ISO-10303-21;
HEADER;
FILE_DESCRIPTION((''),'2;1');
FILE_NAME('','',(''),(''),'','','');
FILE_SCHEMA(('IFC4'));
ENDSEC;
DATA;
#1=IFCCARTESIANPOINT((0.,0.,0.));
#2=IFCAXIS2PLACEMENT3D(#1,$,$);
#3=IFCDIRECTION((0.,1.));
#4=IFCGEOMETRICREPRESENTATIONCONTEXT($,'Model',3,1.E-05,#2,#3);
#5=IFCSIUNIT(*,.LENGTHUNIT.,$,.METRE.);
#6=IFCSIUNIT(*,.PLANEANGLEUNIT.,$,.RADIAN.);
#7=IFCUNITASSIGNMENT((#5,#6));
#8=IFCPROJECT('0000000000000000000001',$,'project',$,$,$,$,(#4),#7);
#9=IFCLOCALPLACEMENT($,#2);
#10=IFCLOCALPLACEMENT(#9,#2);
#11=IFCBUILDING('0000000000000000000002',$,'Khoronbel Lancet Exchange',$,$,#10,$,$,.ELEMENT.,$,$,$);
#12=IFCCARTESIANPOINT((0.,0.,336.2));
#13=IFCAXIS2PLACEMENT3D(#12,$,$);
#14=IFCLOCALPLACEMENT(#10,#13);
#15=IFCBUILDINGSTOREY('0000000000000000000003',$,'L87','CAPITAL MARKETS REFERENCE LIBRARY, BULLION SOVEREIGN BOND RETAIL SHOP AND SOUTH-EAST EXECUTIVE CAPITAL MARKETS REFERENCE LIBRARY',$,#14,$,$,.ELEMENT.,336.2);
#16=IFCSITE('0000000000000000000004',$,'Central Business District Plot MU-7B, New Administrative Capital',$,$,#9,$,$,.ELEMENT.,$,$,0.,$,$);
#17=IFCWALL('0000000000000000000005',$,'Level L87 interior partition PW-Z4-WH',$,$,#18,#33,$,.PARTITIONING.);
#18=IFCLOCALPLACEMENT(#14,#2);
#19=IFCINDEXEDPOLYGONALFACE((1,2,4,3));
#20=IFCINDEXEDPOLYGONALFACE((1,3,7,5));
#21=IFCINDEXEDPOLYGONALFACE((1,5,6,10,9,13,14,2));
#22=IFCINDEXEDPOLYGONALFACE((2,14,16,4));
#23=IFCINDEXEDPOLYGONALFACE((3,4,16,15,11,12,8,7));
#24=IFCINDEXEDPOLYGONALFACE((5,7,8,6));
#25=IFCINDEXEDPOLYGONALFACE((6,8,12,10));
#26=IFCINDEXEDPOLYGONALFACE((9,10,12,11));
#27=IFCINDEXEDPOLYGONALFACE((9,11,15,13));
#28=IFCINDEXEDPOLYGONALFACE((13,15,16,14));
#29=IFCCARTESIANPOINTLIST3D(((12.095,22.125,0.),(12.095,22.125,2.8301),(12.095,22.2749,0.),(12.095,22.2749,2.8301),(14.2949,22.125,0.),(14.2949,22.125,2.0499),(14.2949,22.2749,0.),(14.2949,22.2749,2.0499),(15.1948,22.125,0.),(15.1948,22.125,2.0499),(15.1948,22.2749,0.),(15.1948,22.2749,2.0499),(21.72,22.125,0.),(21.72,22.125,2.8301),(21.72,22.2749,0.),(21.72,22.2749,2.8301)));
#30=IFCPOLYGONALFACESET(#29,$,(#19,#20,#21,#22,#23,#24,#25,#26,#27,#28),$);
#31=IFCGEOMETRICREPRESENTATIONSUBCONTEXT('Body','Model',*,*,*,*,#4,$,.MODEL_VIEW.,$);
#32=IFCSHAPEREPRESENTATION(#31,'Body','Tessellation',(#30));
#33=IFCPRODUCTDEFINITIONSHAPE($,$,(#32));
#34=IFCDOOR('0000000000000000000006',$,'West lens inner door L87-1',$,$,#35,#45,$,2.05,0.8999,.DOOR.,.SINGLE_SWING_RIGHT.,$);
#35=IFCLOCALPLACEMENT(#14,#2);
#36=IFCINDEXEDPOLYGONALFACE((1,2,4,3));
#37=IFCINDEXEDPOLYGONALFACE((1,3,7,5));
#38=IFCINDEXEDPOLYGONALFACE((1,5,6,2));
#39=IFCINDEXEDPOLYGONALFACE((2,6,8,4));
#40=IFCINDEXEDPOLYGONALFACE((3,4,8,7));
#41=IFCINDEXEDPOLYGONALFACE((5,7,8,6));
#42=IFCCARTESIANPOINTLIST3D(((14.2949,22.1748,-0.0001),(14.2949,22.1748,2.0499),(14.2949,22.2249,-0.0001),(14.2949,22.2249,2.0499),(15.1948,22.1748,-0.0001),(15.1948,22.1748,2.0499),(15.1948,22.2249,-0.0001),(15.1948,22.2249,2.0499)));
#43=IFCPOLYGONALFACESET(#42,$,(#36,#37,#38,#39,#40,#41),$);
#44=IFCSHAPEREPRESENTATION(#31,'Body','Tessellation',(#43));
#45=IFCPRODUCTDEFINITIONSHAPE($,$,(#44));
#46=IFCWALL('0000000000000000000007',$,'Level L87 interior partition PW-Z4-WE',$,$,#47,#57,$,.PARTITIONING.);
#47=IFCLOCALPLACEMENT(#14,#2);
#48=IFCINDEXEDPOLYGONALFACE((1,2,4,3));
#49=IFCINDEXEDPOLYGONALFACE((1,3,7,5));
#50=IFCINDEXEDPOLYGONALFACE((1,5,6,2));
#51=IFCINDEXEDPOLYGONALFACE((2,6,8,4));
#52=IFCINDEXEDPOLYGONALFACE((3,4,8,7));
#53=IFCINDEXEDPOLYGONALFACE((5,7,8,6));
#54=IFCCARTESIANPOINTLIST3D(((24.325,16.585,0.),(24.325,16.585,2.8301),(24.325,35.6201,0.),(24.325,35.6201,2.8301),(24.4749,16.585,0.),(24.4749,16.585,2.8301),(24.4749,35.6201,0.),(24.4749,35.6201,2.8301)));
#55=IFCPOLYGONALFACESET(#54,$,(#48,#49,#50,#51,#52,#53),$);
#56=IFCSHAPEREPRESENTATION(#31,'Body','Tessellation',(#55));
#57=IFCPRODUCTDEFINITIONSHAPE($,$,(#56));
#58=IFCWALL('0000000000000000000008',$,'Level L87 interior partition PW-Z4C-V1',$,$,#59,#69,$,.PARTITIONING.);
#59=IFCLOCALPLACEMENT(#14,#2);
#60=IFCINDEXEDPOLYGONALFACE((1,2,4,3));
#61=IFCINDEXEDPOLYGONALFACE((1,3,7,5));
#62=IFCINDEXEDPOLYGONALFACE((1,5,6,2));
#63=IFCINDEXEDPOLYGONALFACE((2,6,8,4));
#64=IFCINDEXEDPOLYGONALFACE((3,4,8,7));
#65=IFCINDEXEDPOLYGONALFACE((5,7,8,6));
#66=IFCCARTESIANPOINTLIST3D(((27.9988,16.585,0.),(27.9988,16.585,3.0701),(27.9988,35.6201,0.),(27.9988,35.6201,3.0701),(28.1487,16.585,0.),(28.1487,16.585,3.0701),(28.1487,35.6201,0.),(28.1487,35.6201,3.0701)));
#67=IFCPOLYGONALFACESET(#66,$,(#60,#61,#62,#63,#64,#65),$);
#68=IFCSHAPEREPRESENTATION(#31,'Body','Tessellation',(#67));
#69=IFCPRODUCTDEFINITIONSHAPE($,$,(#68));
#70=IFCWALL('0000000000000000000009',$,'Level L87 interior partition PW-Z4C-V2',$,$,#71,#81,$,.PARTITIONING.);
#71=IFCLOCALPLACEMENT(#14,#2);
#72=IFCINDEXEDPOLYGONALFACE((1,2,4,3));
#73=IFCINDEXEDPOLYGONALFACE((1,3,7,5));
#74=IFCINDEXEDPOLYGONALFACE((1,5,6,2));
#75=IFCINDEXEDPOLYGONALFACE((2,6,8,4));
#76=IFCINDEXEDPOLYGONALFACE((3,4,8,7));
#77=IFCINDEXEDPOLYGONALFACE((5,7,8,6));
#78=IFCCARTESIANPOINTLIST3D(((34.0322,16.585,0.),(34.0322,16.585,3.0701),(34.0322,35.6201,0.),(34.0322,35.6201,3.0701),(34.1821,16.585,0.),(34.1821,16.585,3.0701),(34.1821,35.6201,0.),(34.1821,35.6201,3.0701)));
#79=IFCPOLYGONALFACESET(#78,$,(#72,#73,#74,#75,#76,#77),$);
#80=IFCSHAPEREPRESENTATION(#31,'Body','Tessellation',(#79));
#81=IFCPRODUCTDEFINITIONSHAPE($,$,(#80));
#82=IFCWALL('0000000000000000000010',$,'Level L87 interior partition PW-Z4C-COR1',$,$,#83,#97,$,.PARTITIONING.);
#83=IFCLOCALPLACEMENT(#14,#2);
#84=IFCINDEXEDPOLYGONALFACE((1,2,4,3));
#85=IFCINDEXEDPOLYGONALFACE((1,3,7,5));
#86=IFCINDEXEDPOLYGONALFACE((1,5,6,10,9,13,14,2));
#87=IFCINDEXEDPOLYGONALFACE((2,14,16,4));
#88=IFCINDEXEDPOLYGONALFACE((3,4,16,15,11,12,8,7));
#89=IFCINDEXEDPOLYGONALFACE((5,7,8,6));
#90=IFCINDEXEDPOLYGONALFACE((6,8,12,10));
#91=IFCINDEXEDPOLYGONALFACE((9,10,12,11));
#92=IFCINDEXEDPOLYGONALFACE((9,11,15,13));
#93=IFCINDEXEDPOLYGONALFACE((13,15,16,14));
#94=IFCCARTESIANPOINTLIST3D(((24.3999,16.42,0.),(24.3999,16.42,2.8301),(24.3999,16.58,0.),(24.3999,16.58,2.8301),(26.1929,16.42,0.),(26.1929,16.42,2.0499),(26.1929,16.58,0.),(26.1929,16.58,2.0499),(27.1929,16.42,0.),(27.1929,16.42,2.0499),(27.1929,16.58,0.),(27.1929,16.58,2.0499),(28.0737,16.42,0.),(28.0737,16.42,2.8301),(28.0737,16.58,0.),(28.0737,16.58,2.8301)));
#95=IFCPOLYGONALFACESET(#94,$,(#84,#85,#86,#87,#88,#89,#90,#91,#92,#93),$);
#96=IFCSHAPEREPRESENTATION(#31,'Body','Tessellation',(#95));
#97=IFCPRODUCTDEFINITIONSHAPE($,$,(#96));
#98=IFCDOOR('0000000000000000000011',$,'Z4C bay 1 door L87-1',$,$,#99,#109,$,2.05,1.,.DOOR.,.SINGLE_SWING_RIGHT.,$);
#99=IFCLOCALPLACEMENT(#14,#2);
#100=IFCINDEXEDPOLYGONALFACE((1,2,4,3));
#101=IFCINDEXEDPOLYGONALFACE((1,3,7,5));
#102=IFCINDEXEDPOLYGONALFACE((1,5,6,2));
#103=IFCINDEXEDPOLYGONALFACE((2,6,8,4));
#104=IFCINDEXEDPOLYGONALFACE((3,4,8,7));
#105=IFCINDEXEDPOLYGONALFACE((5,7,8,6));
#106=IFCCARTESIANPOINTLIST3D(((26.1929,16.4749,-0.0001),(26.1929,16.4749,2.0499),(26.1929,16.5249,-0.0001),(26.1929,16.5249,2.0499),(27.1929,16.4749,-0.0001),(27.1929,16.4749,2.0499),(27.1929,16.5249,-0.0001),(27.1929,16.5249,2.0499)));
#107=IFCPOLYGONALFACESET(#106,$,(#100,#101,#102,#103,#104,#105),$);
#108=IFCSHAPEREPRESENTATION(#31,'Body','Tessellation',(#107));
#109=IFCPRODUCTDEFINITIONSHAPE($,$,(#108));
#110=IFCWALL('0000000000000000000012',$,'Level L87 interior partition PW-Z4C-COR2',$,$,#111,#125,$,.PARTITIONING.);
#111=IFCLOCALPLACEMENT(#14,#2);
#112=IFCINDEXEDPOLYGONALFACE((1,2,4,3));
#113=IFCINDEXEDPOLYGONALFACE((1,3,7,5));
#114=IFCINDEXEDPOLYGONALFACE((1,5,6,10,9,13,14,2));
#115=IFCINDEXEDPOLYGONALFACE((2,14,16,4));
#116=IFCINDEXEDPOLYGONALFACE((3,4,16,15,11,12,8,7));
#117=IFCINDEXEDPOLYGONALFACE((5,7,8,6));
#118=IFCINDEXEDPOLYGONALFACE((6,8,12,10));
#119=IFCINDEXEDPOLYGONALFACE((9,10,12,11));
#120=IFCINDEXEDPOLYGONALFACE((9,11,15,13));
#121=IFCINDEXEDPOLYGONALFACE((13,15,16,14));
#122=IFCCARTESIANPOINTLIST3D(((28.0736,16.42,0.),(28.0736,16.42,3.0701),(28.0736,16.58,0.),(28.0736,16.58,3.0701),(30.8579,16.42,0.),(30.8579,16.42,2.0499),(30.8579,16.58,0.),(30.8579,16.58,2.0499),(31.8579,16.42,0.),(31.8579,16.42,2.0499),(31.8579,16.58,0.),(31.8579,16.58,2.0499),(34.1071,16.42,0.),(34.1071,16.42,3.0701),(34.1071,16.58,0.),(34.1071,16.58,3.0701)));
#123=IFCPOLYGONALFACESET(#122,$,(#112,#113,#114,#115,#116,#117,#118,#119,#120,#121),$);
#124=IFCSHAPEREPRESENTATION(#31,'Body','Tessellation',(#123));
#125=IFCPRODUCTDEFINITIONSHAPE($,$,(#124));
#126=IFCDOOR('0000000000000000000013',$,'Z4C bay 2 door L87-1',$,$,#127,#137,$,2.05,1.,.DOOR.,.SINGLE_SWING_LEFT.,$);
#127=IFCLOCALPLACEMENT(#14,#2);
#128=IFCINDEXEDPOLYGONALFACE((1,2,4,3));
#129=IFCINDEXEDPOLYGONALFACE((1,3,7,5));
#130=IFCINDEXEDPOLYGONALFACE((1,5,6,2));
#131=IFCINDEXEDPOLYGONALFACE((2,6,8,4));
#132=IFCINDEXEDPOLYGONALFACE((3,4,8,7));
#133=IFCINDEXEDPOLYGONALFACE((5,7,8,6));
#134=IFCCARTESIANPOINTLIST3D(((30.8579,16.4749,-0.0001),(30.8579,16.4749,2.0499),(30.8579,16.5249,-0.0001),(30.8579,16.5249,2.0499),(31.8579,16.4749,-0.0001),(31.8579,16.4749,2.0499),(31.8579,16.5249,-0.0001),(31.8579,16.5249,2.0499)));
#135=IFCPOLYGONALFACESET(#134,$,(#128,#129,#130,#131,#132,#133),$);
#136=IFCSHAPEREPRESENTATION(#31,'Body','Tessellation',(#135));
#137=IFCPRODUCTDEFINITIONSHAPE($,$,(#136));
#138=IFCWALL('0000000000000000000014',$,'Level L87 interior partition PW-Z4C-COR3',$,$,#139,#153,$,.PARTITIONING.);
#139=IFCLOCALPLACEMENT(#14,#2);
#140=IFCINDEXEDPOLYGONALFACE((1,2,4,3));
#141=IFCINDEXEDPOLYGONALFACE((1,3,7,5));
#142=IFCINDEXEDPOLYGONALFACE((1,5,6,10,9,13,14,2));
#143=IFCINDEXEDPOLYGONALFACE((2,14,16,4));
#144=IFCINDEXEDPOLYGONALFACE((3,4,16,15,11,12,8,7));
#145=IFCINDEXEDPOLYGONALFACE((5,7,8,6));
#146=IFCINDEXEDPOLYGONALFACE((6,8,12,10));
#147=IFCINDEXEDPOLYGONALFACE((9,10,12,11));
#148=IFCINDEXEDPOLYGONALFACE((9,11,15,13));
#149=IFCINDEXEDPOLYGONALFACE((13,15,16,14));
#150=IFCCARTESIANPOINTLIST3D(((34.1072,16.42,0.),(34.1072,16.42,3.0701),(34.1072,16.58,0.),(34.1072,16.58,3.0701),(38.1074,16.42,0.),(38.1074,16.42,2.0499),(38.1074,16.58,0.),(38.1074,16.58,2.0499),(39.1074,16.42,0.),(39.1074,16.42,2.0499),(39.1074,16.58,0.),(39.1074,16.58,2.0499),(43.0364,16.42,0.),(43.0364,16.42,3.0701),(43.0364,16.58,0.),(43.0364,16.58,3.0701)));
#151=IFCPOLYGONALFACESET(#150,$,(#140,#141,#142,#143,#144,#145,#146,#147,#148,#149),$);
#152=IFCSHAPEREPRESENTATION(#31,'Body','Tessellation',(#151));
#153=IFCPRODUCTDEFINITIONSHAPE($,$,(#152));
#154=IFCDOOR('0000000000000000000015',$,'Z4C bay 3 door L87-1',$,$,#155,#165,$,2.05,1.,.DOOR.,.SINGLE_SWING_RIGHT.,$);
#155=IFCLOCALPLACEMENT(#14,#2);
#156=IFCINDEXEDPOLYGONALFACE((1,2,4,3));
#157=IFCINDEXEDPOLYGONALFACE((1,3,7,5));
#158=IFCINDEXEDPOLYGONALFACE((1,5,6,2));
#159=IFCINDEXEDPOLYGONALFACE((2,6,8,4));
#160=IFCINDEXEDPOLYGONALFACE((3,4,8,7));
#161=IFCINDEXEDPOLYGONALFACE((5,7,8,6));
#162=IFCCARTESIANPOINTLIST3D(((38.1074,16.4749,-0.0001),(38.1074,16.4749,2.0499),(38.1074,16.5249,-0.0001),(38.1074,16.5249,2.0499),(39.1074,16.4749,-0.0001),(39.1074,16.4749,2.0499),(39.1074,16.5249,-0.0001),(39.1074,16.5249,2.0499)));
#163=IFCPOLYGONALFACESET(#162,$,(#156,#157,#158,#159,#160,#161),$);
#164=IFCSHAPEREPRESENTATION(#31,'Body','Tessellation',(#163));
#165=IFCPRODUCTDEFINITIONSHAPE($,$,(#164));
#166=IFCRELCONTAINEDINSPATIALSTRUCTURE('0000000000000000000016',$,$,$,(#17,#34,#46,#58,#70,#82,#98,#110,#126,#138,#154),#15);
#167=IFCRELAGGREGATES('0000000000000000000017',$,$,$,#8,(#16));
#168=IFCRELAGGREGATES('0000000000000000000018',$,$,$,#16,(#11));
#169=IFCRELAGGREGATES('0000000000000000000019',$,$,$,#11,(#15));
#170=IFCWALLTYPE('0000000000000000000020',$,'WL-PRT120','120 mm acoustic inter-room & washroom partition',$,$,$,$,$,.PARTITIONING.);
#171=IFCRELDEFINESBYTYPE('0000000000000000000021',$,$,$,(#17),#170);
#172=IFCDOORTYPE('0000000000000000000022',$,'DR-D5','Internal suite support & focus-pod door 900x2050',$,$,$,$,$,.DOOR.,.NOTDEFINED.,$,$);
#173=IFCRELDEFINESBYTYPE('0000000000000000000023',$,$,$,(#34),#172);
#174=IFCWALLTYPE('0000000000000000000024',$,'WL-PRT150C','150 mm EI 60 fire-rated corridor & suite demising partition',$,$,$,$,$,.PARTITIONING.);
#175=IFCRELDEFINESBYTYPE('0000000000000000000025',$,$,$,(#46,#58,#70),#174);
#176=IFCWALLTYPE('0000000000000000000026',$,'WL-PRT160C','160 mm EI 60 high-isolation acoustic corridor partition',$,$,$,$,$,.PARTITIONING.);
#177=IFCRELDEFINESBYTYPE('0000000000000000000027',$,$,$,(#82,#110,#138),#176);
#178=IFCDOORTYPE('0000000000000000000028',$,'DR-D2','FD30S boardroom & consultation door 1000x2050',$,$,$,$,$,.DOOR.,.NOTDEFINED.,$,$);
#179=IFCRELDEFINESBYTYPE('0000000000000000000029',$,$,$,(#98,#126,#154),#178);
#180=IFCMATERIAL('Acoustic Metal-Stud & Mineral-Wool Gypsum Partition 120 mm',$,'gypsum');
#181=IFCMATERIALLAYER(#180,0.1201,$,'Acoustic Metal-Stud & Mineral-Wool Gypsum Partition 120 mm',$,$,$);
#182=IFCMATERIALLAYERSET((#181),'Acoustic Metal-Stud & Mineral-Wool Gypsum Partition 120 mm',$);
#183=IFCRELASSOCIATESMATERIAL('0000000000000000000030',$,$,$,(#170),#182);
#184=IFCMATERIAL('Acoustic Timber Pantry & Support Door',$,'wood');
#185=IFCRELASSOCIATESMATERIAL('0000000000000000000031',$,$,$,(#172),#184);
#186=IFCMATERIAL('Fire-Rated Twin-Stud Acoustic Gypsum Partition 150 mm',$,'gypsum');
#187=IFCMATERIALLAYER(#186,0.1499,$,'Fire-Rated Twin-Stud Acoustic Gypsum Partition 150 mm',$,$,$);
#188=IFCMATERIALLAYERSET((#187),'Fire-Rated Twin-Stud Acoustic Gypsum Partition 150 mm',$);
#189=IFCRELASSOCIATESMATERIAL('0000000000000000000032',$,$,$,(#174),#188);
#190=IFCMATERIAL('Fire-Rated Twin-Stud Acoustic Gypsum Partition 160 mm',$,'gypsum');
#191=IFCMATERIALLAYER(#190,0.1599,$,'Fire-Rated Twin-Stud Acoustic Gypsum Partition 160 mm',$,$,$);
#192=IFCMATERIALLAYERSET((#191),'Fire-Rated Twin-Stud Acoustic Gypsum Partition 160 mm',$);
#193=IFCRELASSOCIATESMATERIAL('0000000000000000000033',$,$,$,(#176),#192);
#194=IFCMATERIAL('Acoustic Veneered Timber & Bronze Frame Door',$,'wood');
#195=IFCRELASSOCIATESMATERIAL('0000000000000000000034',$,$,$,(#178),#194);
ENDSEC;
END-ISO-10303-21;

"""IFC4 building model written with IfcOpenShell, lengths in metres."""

from ifc_helpers import new_model, si_unit, direction, frame, frame_2d, origin, place, context, subcontext, project, spatial, rectangle, extrude, material, layer, layer_set, type_object, element, fill, save


model = new_model("IFC4")

# Units and contexts
model_context = context("Model", 3, precision=1e-05, world=origin(), true_north=direction((0.0, 1.0)))
body_context = subcontext(model_context, "Body", "Model", "MODEL_VIEW")
ifc_project = project(units=[si_unit("LENGTHUNIT", "METRE"), si_unit("PLANEANGLEUNIT", "RADIAN")], contexts=[model_context])

# Site, building, storey
site_placement = place(None, origin())
site = spatial("IfcSite", under=ifc_project, at=site_placement, Name="Central Business District Plot MU-7B, New Administrative Capital", CompositionType="ELEMENT", RefElevation=0.0)
building_placement = place(site_placement, origin())
building = spatial("IfcBuilding", under=site, at=building_placement, Name="Khoronbel Lancet Exchange", CompositionType="ELEMENT")
storey_placement = place(building_placement, frame((0.0, 0.0, 336.2)))
storey = spatial("IfcBuildingStorey", under=building, at=storey_placement, Name="L87", Description="CAPITAL MARKETS REFERENCE LIBRARY, BULLION SOVEREIGN BOND RETAIL SHOP AND SOUTH-EAST EXECUTIVE CAPITAL MARKETS REFERENCE LIBRARY", CompositionType="ELEMENT", Elevation=336.2)

# Wall, opening, door
ifc_material_1 = material(Name="Acoustic Metal-Stud & Mineral-Wool Gypsum Partition 120 mm", Category="gypsum")
ifc_layer_1 = layer(ifc_material_1, 0.1201, Name="Acoustic Metal-Stud & Mineral-Wool Gypsum Partition 120 mm")
ifc_layer_set_1 = layer_set([ifc_layer_1], Name="Acoustic Metal-Stud & Mineral-Wool Gypsum Partition 120 mm")
wall_type_1 = type_object("IfcWallType", Name="WL-PRT120", Description="120 mm acoustic inter-room & washroom partition", PredefinedType="PARTITIONING", material=ifc_layer_set_1)
wall_1_placement = place(storey_placement, frame((12.095, 22.2, 0.0), z_axis=(0.0, 0.0, 1.0), x_axis=(1.0, 0.0, 0.0)))
wall_1 = element("IfcWall", 1, at=wall_1_placement, inside=storey, type_object=wall_type_1, Name="Level L87 interior partition PW-Z4-WH", PredefinedType="PARTITIONING", context=body_context, shape_type="SweptSolid", body=[
    extrude(rectangle(XDim=9.625, YDim=0.1499, at=frame_2d((4.8125, 0.0))), origin(), (0.0, 0.0, 1.0), 2.8301),
])
opening_1_placement = place(wall_1_placement, frame((2.2, 0.0, 0.0)))
opening_1 = element("IfcOpeningElement", 2, at=opening_1_placement, cuts=wall_1, PredefinedType="OPENING", context=body_context, shape_type="SweptSolid", body=[
    extrude(rectangle(XDim=0.8999, YDim=2.05, at=frame_2d((0.45, 1.0249))), frame((0.0, 0.085, 0.0), z_axis=(0.0, -1.0, 0.0), x_axis=(1.0, 0.0, 0.0)), (0.0, 0.0, 1.0), 0.1699),
])
ifc_material_2 = material(Name="Acoustic Timber Pantry & Support Door", Category="wood")
door_type_1 = type_object("IfcDoorType", Name="DR-D5", Description="Internal suite support & focus-pod door 900x2050", OperationType="NOTDEFINED", PredefinedType="DOOR", material=ifc_material_2)
door_1_placement = place(opening_1_placement, origin())
door_1 = element("IfcDoor", 3, at=door_1_placement, inside=storey, type_object=door_type_1, Name="West lens inner door L87-1", OperationType="SINGLE_SWING_RIGHT", OverallHeight=2.05, OverallWidth=0.8999, PredefinedType="DOOR", context=body_context, shape_type="SweptSolid", body=[
    extrude(rectangle(XDim=0.8999, YDim=2.05, at=frame_2d((0.45, 1.0249))), frame((0.0, 0.0249, 0.0), z_axis=(0.0, -1.0, 0.0), x_axis=(1.0, 0.0, 0.0)), (0.0, 0.0, 1.0), 0.05),
])
fill(opening_1, door_1)

# Walls
ifc_material_3 = material(Name="Fire-Rated Twin-Stud Acoustic Gypsum Partition 150 mm", Category="gypsum")
ifc_layer_2 = layer(ifc_material_3, 0.1499, Name="Fire-Rated Twin-Stud Acoustic Gypsum Partition 150 mm")
ifc_layer_set_2 = layer_set([ifc_layer_2], Name="Fire-Rated Twin-Stud Acoustic Gypsum Partition 150 mm")
wall_type_2 = type_object("IfcWallType", Name="WL-PRT150C", Description="150 mm EI 60 fire-rated corridor & suite demising partition", PredefinedType="PARTITIONING", material=ifc_layer_set_2)
wall_2_placement = place(storey_placement, frame((24.3999, 16.585, 0.0), z_axis=(0.0, 0.0, 1.0), x_axis=(0.0, 1.0, 0.0)))
element("IfcWall", 4, at=wall_2_placement, inside=storey, type_object=wall_type_2, Name="Level L87 interior partition PW-Z4-WE", PredefinedType="PARTITIONING", context=body_context, shape_type="SweptSolid", body=[
    extrude(rectangle(XDim=19.0352, YDim=0.1499, at=frame_2d((9.5176, 0.0))), origin(), (0.0, 0.0, 1.0), 2.8301),
])
for number, where, z_axis, x_axis, name in (
    (5, (28.0737, 16.585, 0.0), (0.0, 0.0, 1.0), (0.0, 1.0, 0.0), "Level L87 interior partition PW-Z4C-V1"),
    (6, (34.1072, 16.585, 0.0), (0.0, 0.0, 1.0), (0.0, 1.0, 0.0), "Level L87 interior partition PW-Z4C-V2"),
):
    element("IfcWall", number, at=place(storey_placement, frame(where, z_axis=z_axis, x_axis=x_axis)), inside=storey, type_object=wall_type_2, Name=name, PredefinedType="PARTITIONING", context=body_context, shape_type="SweptSolid", body=[
        extrude(rectangle(XDim=19.0352, YDim=0.1499, at=frame_2d((9.5176, 0.0))), origin(), (0.0, 0.0, 1.0), 3.0701),
    ])

# Walls, openings, doors
ifc_material_4 = material(Name="Fire-Rated Twin-Stud Acoustic Gypsum Partition 160 mm", Category="gypsum")
ifc_layer_3 = layer(ifc_material_4, 0.1599, Name="Fire-Rated Twin-Stud Acoustic Gypsum Partition 160 mm")
ifc_layer_set_3 = layer_set([ifc_layer_3], Name="Fire-Rated Twin-Stud Acoustic Gypsum Partition 160 mm")
wall_type_3 = type_object("IfcWallType", Name="WL-PRT160C", Description="160 mm EI 60 high-isolation acoustic corridor partition", PredefinedType="PARTITIONING", material=ifc_layer_set_3)
wall_3_placement = place(storey_placement, frame((24.3999, 16.5, 0.0), z_axis=(0.0, 0.0, 1.0), x_axis=(1.0, 0.0, 0.0)))
wall_3 = element("IfcWall", 7, at=wall_3_placement, inside=storey, type_object=wall_type_3, Name="Level L87 interior partition PW-Z4C-COR1", PredefinedType="PARTITIONING", context=body_context, shape_type="SweptSolid", body=[
    extrude(rectangle(XDim=3.6738, YDim=0.1599, at=frame_2d((1.8369, 0.0))), origin(), (0.0, 0.0, 1.0), 2.8301),
])
opening_2_placement = place(wall_3_placement, frame((1.793, 0.0, 0.0)))
opening_2 = element("IfcOpeningElement", 8, at=opening_2_placement, cuts=wall_3, PredefinedType="OPENING", context=body_context, shape_type="SweptSolid", body=[
    extrude(rectangle(XDim=1.0, YDim=2.05, at=frame_2d((0.5, 1.0249))), frame((0.0, 0.0898, 0.0), z_axis=(0.0, -1.0, 0.0), x_axis=(1.0, 0.0, 0.0)), (0.0, 0.0, 1.0), 0.1799),
])
ifc_material_5 = material(Name="Acoustic Veneered Timber & Bronze Frame Door", Category="wood")
door_type_2 = type_object("IfcDoorType", Name="DR-D2", Description="FD30S boardroom & consultation door 1000x2050", OperationType="NOTDEFINED", PredefinedType="DOOR", material=ifc_material_5)
door_2_placement = place(opening_2_placement, origin())
door_2 = element("IfcDoor", 9, at=door_2_placement, inside=storey, type_object=door_type_2, Name="Z4C bay 1 door L87-1", OperationType="SINGLE_SWING_RIGHT", OverallHeight=2.05, OverallWidth=1.0, PredefinedType="DOOR", context=body_context, shape_type="SweptSolid", body=[
    extrude(rectangle(XDim=1.0, YDim=2.05, at=frame_2d((0.5, 1.0249))), frame((0.0, 0.0249, 0.0), z_axis=(0.0, -1.0, 0.0), x_axis=(1.0, 0.0, 0.0)), (0.0, 0.0, 1.0), 0.05),
])
fill(opening_2, door_2)
wall_4_placement = place(storey_placement, frame((28.0737, 16.5, 0.0), z_axis=(0.0, 0.0, 1.0), x_axis=(1.0, 0.0, 0.0)))
wall_4 = element("IfcWall", 10, at=wall_4_placement, inside=storey, type_object=wall_type_3, Name="Level L87 interior partition PW-Z4C-COR2", PredefinedType="PARTITIONING", context=body_context, shape_type="SweptSolid", body=[
    extrude(rectangle(XDim=6.0334, YDim=0.1599, at=frame_2d((3.0166, 0.0))), origin(), (0.0, 0.0, 1.0), 3.0701),
])
opening_3_placement = place(wall_4_placement, frame((2.7842, 0.0, 0.0)))
opening_3 = element("IfcOpeningElement", 11, at=opening_3_placement, cuts=wall_4, PredefinedType="OPENING", context=body_context, shape_type="SweptSolid", body=[
    extrude(rectangle(XDim=1.0, YDim=2.05, at=frame_2d((0.5, 1.0249))), frame((0.0, 0.0898, 0.0), z_axis=(0.0, -1.0, 0.0), x_axis=(1.0, 0.0, 0.0)), (0.0, 0.0, 1.0), 0.1799),
])
door_3_placement = place(opening_3_placement, origin())
door_3 = element("IfcDoor", 12, at=door_3_placement, inside=storey, type_object=door_type_2, Name="Z4C bay 2 door L87-1", OperationType="SINGLE_SWING_LEFT", OverallHeight=2.05, OverallWidth=1.0, PredefinedType="DOOR", context=body_context, shape_type="SweptSolid", body=[
    extrude(rectangle(XDim=1.0, YDim=2.05, at=frame_2d((0.5, 1.0249))), frame((0.0, 0.0249, 0.0), z_axis=(0.0, -1.0, 0.0), x_axis=(1.0, 0.0, 0.0)), (0.0, 0.0, 1.0), 0.05),
])
fill(opening_3, door_3)
wall_5_placement = place(storey_placement, frame((34.1072, 16.5, 0.0), z_axis=(0.0, 0.0, 1.0), x_axis=(1.0, 0.0, 0.0)))
wall_5 = element("IfcWall", 13, at=wall_5_placement, inside=storey, type_object=wall_type_3, Name="Level L87 interior partition PW-Z4C-COR3", PredefinedType="PARTITIONING", context=body_context, shape_type="SweptSolid", body=[
    extrude(rectangle(XDim=8.9292, YDim=0.1599, at=frame_2d((4.4646, 0.0))), origin(), (0.0, 0.0, 1.0), 3.0701),
])
opening_4_placement = place(wall_5_placement, frame((4.0002, 0.0, 0.0)))
opening_4 = element("IfcOpeningElement", 14, at=opening_4_placement, cuts=wall_5, PredefinedType="OPENING", context=body_context, shape_type="SweptSolid", body=[
    extrude(rectangle(XDim=1.0, YDim=2.05, at=frame_2d((0.5, 1.0249))), frame((0.0, 0.0898, 0.0), z_axis=(0.0, -1.0, 0.0), x_axis=(1.0, 0.0, 0.0)), (0.0, 0.0, 1.0), 0.1799),
])
door_4_placement = place(opening_4_placement, origin())
door_4 = element("IfcDoor", 15, at=door_4_placement, inside=storey, type_object=door_type_2, Name="Z4C bay 3 door L87-1", OperationType="SINGLE_SWING_RIGHT", OverallHeight=2.05, OverallWidth=1.0, PredefinedType="DOOR", context=body_context, shape_type="SweptSolid", body=[
    extrude(rectangle(XDim=1.0, YDim=2.05, at=frame_2d((0.5, 1.0249))), frame((0.0, 0.0249, 0.0), z_axis=(0.0, -1.0, 0.0), x_axis=(1.0, 0.0, 0.0)), (0.0, 0.0, 1.0), 0.05),
])
fill(opening_4, door_4)

save(model, "model.ifc")
